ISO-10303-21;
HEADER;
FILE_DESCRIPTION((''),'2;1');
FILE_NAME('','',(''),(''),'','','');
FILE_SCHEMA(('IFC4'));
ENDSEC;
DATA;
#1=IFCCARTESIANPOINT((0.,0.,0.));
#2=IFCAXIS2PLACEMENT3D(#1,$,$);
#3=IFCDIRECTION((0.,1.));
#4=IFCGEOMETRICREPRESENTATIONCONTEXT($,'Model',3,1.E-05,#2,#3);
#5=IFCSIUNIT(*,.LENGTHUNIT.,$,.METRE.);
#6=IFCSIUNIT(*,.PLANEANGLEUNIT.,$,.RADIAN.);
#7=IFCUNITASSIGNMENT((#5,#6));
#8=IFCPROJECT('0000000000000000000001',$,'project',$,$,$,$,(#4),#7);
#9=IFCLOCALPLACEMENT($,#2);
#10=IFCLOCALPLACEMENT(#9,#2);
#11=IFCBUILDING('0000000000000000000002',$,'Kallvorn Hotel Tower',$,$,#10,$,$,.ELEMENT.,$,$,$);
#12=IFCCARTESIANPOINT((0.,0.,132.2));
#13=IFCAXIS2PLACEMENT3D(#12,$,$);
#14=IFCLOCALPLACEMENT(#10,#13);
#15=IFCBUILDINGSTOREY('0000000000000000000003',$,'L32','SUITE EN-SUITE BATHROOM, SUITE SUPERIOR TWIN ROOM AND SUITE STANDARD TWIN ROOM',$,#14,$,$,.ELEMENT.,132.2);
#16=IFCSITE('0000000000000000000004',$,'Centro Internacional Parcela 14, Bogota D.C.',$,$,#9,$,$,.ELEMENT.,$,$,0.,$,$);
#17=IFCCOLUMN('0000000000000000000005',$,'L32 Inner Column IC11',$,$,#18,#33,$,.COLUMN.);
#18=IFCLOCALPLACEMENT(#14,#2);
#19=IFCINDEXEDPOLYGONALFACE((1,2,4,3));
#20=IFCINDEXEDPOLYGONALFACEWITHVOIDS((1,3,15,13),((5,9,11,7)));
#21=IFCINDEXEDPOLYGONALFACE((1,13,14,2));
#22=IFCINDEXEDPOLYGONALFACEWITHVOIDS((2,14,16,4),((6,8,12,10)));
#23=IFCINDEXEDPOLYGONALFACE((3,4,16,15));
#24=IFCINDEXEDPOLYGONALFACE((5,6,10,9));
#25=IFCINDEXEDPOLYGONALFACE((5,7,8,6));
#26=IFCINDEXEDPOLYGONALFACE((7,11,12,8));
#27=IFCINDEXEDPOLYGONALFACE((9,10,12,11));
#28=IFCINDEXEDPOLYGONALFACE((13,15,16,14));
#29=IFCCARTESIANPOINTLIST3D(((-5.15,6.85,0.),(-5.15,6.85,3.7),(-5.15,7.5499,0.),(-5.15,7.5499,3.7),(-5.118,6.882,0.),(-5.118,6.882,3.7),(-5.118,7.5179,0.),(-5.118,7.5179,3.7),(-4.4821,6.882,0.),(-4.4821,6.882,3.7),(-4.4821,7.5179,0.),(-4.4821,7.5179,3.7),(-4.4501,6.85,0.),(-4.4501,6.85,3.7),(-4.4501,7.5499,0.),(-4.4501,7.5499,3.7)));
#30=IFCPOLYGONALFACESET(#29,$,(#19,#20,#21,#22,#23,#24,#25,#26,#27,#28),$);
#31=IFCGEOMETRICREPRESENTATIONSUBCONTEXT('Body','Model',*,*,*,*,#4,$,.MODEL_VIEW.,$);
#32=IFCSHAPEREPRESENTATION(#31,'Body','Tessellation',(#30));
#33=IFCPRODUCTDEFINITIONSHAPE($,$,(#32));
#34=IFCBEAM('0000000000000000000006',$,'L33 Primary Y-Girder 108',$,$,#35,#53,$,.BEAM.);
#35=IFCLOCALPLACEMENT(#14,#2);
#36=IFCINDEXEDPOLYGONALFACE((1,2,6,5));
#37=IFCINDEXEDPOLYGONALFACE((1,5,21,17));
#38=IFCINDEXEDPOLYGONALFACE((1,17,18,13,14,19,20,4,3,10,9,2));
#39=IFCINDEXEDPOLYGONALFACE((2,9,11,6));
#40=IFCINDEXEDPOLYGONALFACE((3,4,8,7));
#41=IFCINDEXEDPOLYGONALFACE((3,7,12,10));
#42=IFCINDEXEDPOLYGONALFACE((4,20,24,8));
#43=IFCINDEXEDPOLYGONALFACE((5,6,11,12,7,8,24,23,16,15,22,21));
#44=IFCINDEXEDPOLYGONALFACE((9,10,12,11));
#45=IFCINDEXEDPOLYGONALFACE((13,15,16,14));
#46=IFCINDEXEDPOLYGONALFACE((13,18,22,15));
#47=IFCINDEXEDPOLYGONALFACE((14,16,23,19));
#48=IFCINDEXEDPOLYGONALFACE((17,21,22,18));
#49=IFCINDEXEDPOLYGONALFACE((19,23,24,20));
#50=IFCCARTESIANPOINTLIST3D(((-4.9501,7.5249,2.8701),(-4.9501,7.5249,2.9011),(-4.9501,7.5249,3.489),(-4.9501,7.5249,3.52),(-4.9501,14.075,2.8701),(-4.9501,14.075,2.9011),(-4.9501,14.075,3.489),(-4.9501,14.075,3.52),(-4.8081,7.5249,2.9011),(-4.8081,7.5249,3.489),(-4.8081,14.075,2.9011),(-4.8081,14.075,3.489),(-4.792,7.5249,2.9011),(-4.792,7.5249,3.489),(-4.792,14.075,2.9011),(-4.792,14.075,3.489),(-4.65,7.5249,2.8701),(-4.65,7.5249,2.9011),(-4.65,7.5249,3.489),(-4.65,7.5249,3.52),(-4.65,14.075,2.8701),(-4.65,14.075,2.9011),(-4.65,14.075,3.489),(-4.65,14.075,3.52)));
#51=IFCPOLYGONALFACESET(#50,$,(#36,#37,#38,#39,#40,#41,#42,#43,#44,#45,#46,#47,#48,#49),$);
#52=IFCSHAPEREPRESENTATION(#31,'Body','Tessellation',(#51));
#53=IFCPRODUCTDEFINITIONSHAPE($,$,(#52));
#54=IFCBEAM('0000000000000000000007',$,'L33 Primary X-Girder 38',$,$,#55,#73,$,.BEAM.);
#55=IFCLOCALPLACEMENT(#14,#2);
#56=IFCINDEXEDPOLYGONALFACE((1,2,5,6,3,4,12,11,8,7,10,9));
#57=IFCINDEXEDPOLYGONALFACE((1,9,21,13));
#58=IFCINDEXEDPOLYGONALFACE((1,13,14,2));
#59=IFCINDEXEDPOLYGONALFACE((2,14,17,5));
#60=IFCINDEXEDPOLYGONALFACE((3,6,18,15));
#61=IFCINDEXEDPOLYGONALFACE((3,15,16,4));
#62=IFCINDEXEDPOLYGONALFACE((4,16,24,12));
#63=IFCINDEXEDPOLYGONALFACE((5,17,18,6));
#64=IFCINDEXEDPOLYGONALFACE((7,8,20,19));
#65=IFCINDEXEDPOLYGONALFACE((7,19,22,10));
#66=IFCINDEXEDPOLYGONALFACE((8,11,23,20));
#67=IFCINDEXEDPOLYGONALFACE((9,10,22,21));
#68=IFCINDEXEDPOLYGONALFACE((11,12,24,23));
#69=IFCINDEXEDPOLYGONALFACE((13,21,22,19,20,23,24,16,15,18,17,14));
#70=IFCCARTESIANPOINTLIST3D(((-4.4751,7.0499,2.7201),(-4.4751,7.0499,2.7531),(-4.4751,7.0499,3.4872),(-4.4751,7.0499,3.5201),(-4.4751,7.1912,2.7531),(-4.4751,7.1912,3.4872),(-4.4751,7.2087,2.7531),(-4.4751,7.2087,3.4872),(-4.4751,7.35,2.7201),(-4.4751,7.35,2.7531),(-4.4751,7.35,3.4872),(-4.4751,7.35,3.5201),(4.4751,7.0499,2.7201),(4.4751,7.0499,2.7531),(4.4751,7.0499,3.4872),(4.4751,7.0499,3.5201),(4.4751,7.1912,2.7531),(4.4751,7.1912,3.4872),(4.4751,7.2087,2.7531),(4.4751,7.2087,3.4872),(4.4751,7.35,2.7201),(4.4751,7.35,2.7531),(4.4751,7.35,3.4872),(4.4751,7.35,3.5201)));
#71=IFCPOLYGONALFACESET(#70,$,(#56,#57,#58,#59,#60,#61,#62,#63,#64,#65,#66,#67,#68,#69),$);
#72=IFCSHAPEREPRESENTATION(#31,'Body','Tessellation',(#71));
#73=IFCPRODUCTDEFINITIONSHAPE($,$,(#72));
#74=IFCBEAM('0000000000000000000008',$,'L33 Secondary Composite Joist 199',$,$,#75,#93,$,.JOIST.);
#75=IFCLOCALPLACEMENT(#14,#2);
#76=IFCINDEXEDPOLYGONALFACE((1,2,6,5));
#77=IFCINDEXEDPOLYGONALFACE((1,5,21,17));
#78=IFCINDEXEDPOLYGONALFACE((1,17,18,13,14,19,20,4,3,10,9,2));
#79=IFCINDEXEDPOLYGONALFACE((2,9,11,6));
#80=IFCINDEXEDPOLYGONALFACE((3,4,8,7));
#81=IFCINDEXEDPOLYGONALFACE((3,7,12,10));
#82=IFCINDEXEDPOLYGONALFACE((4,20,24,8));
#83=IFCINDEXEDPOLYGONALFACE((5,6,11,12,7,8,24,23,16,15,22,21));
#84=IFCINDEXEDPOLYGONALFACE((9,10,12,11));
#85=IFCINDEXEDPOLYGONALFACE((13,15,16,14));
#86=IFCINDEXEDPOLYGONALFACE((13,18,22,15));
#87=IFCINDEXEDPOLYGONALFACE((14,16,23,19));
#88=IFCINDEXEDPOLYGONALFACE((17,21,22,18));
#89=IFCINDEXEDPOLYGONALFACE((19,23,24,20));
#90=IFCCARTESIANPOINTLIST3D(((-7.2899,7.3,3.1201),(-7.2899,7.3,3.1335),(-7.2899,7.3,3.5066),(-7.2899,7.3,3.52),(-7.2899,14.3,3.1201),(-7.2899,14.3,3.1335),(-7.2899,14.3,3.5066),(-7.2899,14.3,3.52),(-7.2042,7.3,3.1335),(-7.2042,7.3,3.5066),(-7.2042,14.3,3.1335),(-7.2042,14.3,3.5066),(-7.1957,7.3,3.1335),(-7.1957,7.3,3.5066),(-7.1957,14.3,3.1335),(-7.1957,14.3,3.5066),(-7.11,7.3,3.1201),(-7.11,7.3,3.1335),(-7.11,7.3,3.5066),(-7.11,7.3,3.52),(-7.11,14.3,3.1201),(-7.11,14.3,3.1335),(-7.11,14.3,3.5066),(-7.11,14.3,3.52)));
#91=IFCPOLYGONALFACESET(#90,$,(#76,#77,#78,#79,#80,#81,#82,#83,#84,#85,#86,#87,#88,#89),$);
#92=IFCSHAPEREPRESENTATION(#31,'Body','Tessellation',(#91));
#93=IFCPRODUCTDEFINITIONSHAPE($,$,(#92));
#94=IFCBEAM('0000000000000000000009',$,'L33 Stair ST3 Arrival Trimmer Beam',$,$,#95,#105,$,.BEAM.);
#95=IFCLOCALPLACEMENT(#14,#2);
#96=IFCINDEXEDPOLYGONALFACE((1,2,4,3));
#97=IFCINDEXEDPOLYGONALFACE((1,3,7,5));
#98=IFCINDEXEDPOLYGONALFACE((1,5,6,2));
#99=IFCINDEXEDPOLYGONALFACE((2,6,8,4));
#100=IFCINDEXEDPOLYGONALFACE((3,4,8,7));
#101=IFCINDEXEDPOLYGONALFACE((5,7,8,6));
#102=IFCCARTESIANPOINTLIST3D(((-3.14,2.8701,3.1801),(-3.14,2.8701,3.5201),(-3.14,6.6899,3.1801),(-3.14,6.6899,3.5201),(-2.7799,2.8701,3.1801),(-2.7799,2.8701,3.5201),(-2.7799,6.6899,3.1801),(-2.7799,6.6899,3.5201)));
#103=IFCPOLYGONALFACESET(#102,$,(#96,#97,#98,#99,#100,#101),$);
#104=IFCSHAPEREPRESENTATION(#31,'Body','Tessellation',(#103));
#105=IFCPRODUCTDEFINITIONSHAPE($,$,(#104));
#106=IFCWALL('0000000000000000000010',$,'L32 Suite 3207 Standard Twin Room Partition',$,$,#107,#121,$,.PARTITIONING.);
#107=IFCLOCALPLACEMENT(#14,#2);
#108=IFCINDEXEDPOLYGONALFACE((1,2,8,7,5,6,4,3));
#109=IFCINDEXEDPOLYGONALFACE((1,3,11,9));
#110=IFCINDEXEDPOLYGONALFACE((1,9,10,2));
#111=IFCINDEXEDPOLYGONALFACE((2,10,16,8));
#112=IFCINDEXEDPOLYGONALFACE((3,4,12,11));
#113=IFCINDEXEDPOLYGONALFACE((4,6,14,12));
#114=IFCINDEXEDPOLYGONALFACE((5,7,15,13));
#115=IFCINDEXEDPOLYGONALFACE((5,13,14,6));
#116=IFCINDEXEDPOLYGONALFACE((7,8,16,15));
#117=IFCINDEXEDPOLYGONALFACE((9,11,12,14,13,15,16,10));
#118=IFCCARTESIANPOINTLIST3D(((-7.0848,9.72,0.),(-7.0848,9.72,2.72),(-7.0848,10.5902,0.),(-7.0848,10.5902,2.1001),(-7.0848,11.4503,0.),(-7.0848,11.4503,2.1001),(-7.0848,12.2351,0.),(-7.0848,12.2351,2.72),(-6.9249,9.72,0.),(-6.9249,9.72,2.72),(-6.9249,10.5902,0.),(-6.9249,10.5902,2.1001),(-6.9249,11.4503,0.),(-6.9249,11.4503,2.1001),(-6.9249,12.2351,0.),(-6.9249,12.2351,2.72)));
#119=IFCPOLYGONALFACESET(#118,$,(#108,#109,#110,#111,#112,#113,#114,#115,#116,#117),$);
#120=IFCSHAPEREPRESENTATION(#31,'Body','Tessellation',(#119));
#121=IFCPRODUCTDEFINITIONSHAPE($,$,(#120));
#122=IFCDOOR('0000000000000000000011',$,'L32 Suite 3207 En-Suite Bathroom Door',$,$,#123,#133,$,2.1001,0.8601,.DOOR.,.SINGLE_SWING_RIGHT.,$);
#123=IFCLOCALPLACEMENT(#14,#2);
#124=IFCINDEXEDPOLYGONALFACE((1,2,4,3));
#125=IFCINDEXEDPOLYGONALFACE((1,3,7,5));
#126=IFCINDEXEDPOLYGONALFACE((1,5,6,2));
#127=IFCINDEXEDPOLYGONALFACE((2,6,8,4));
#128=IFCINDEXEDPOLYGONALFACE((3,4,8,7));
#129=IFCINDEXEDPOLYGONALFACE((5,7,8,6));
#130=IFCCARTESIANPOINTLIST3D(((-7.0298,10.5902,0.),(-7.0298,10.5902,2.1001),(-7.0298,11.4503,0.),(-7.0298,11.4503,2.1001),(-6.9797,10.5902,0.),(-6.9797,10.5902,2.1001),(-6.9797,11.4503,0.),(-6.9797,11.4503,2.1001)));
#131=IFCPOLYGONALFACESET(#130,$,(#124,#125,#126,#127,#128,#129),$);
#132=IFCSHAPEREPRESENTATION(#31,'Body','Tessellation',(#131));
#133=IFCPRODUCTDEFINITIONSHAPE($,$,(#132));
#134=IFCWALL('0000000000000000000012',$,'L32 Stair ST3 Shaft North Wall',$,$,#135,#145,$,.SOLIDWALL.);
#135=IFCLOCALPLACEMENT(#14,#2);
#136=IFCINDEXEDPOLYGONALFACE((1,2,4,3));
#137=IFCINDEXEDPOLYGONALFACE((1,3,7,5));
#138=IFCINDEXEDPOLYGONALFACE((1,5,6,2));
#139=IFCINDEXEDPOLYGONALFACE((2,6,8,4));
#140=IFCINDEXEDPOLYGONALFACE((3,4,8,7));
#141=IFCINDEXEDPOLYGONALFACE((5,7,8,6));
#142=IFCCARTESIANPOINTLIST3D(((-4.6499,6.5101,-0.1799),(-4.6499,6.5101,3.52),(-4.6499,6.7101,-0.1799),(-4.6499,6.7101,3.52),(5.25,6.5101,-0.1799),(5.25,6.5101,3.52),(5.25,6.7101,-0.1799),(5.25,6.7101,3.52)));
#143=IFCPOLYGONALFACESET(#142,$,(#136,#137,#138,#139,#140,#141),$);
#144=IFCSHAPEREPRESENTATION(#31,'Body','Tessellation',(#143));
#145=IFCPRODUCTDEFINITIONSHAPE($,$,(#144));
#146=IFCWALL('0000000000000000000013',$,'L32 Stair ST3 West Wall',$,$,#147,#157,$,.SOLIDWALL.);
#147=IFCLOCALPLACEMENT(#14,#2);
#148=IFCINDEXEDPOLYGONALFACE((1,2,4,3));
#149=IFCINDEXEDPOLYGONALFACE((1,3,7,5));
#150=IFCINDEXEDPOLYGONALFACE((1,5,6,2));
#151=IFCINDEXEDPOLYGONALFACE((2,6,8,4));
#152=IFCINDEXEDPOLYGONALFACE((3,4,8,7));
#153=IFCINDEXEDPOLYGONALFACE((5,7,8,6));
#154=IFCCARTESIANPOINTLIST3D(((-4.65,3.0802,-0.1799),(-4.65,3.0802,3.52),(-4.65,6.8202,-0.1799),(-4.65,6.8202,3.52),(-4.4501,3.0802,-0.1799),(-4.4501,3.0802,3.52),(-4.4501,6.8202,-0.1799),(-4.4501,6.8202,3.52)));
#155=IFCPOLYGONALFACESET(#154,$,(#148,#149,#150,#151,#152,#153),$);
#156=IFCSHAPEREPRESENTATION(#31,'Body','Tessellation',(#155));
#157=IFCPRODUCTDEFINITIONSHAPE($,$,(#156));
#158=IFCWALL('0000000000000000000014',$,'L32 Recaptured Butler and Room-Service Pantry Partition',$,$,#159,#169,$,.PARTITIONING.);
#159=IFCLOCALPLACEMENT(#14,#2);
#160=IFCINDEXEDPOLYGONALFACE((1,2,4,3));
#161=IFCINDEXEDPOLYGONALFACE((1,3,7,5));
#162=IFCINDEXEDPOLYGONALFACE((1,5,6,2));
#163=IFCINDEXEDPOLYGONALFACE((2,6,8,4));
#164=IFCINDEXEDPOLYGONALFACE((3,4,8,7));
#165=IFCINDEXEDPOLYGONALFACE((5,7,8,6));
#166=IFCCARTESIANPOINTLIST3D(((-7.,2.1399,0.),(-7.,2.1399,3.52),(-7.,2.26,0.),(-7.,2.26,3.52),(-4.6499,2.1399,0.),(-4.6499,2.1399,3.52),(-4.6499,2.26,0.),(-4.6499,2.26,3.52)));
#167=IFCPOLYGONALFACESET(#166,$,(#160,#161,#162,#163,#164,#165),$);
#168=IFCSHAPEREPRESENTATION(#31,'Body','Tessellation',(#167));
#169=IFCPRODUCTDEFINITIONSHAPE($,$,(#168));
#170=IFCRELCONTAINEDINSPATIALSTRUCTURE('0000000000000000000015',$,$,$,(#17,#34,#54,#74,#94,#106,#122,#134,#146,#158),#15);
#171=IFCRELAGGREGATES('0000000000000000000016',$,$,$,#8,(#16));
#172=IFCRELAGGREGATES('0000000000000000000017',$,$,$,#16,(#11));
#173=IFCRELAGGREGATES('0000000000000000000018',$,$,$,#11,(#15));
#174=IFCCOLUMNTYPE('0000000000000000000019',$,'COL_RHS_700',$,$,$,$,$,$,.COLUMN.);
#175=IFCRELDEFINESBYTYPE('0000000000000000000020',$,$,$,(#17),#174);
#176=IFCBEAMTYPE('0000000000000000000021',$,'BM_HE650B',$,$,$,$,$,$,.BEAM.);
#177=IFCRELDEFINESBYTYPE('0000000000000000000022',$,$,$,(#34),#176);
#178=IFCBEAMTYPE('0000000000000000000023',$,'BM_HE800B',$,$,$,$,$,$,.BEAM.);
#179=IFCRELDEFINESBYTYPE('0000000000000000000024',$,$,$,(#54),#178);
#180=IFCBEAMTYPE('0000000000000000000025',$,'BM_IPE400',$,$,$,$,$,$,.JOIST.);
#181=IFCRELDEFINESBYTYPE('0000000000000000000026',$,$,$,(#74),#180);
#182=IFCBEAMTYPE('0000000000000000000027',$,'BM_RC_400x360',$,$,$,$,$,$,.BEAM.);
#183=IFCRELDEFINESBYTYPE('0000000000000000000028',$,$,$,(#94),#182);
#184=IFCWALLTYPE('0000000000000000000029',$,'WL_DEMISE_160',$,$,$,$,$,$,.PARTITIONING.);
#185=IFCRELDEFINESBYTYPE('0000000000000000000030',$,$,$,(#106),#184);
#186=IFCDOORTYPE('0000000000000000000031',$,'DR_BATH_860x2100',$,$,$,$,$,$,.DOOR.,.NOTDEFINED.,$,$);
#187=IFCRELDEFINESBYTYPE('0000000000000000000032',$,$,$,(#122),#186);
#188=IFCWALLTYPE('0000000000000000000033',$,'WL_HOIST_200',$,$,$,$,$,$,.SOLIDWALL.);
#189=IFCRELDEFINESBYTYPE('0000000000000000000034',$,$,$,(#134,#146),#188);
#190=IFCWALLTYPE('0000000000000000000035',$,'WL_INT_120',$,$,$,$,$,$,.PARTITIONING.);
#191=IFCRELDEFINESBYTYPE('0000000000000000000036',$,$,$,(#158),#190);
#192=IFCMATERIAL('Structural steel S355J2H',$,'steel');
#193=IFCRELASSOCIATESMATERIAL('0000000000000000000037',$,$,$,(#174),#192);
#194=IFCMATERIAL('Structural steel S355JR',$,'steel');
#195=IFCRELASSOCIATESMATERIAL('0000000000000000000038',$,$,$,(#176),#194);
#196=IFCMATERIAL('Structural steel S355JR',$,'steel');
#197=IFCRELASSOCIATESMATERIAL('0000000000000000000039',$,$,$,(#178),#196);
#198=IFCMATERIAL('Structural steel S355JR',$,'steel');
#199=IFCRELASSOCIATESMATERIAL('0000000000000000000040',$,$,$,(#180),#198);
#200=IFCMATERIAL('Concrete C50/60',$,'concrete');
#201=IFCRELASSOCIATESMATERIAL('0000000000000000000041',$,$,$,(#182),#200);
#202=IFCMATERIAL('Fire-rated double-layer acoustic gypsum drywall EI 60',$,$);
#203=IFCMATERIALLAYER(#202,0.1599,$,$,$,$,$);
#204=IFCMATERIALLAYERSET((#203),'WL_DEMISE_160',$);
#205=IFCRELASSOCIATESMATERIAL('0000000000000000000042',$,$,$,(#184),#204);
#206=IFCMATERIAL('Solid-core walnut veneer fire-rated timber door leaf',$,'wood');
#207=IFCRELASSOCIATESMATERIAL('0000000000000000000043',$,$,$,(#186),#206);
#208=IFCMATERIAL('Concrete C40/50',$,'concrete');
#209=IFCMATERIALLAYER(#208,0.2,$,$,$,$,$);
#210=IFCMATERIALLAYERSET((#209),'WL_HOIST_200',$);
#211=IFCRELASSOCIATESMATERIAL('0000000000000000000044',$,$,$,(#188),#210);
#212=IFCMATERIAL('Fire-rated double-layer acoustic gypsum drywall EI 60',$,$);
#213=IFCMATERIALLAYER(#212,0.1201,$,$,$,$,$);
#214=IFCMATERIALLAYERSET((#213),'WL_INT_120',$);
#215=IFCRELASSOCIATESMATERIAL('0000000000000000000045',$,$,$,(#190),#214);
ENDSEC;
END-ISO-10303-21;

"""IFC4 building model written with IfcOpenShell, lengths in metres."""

from ifc_helpers import new_model, si_unit, direction, frame, frame_2d, origin, origin_2d, place, context, subcontext, project, spatial, rectangle, hollow_rectangle, i_section, extrude, material, layer, layer_set, material_profile, profile_set, type_object, element, fill, save


model = new_model("IFC4")

# Units and contexts
model_context = context("Model", 3, precision=1e-05, world=origin(), true_north=direction((0.0, 1.0)))
body_context = subcontext(model_context, "Body", "Model", "MODEL_VIEW")
ifc_project = project(units=[si_unit("LENGTHUNIT", "METRE"), si_unit("PLANEANGLEUNIT", "RADIAN")], contexts=[model_context])

# Site, building, storey
site_placement = place(None, origin())
site = spatial("IfcSite", under=ifc_project, at=site_placement, Name="Centro Internacional Parcela 14, Bogota D.C.", CompositionType="ELEMENT", RefElevation=0.0)
building_placement = place(site_placement, origin())
building = spatial("IfcBuilding", under=site, at=building_placement, Name="Kallvorn Hotel Tower", CompositionType="ELEMENT")
storey_placement = place(building_placement, frame((0.0, 0.0, 132.2)))
storey = spatial("IfcBuildingStorey", under=building, at=storey_placement, Name="L32", Description="SUITE EN-SUITE BATHROOM, SUITE SUPERIOR TWIN ROOM AND SUITE STANDARD TWIN ROOM", CompositionType="ELEMENT", Elevation=132.2)

# Column
ifc_material_1 = material(Name="Structural steel S355J2H", Category="steel")
ifc_material_profile_1 = material_profile(ifc_material_1, hollow_rectangle(XDim=0.7, YDim=0.7, WallThickness=0.032, at=origin_2d()), Name="RHS 700x700x32")
ifc_profile_set_1 = profile_set([ifc_material_profile_1], Name="Structural steel S355J2H")
column_type = type_object("IfcColumnType", Name="COL_RHS_700", PredefinedType="COLUMN", material=ifc_profile_set_1)
column_placement = place(storey_placement, frame((-4.8, 7.2, 0.0), z_axis=(0.0, 0.0, 1.0), x_axis=(1.0, 0.0, 0.0)))
element("IfcColumn", 1, at=column_placement, inside=storey, type_object=column_type, Name="L32 Inner Column IC11", PredefinedType="COLUMN", context=body_context, shape_type="SweptSolid", body=[
    extrude(hollow_rectangle(XDim=0.7, YDim=0.7, WallThickness=0.032, at=origin_2d()), origin(), (0.0, 0.0, 1.0), 3.7),
])

# Beams
ifc_material_2 = material(Name="Structural steel S355JR", Category="steel")
ifc_material_profile_2 = material_profile(ifc_material_2, i_section(OverallWidth=0.3, OverallDepth=0.6499, WebThickness=0.0161, FlangeThickness=0.031, at=origin_2d()), Name="HE 650 B")
ifc_profile_set_2 = profile_set([ifc_material_profile_2], Name="Structural steel S355JR")
beam_type_1 = type_object("IfcBeamType", Name="BM_HE650B", PredefinedType="BEAM", material=ifc_profile_set_2)
beam_1_placement = place(storey_placement, frame((-4.8, 7.5249, 3.1951), z_axis=(0.0, 1.0, 0.0), x_axis=(-1.0, 0.0, 0.0)))
element("IfcBeam", 2, at=beam_1_placement, inside=storey, type_object=beam_type_1, Name="L33 Primary Y-Girder 108", PredefinedType="BEAM", context=body_context, shape_type="SweptSolid", body=[
    extrude(i_section(OverallWidth=0.3, OverallDepth=0.6499, WebThickness=0.0161, FlangeThickness=0.031, at=origin_2d()), origin(), (0.0, 0.0, 1.0), 6.55),
])
ifc_material_3 = material(Name="Structural steel S355JR", Category="steel")
ifc_material_profile_3 = material_profile(ifc_material_3, i_section(OverallWidth=0.3, OverallDepth=0.8, WebThickness=0.0176, FlangeThickness=0.033, at=origin_2d()), Name="HE 800 B")
ifc_profile_set_3 = profile_set([ifc_material_profile_3], Name="Structural steel S355JR")
beam_type_2 = type_object("IfcBeamType", Name="BM_HE800B", PredefinedType="BEAM", material=ifc_profile_set_3)
beam_2_placement = place(storey_placement, frame((-4.4751, 7.2, 3.1201), z_axis=(1.0, 0.0, 0.0), x_axis=(0.0, 1.0, 0.0)))
element("IfcBeam", 3, at=beam_2_placement, inside=storey, type_object=beam_type_2, Name="L33 Primary X-Girder 38", PredefinedType="BEAM", context=body_context, shape_type="SweptSolid", body=[
    extrude(i_section(OverallWidth=0.3, OverallDepth=0.8, WebThickness=0.0176, FlangeThickness=0.033, at=origin_2d()), origin(), (0.0, 0.0, 1.0), 8.9502),
])
ifc_material_4 = material(Name="Structural steel S355JR", Category="steel")
ifc_material_profile_4 = material_profile(ifc_material_4, i_section(OverallWidth=0.1799, OverallDepth=0.3999, WebThickness=0.0085, FlangeThickness=0.0134, at=origin_2d()), Name="IPE 400")
ifc_profile_set_4 = profile_set([ifc_material_profile_4], Name="Structural steel S355JR")
beam_type_3 = type_object("IfcBeamType", Name="BM_IPE400", PredefinedType="JOIST", material=ifc_profile_set_4)
beam_3_placement = place(storey_placement, frame((-7.2, 7.3, 3.3201), z_axis=(0.0, 1.0, 0.0), x_axis=(-1.0, 0.0, 0.0)))
element("IfcBeam", 4, at=beam_3_placement, inside=storey, type_object=beam_type_3, Name="L33 Secondary Composite Joist 199", PredefinedType="JOIST", context=body_context, shape_type="SweptSolid", body=[
    extrude(i_section(OverallWidth=0.1799, OverallDepth=0.3999, WebThickness=0.0085, FlangeThickness=0.0134, at=origin_2d()), origin(), (0.0, 0.0, 1.0), 7.0),
])
ifc_material_5 = material(Name="Concrete C50/60", Category="concrete")
ifc_material_profile_5 = material_profile(ifc_material_5, rectangle(XDim=0.3601, YDim=0.3401, at=origin_2d()), Name="RC 360x340")
ifc_profile_set_5 = profile_set([ifc_material_profile_5], Name="Concrete C50/60")
beam_type_4 = type_object("IfcBeamType", Name="BM_RC_400x360", PredefinedType="BEAM", material=ifc_profile_set_5)
beam_4_placement = place(storey_placement, frame((-2.96, 2.8701, 3.3501), z_axis=(0.0, 1.0, 0.0), x_axis=(-1.0, 0.0, 0.0)))
element("IfcBeam", 5, at=beam_4_placement, inside=storey, type_object=beam_type_4, Name="L33 Stair ST3 Arrival Trimmer Beam", PredefinedType="BEAM", context=body_context, shape_type="SweptSolid", body=[
    extrude(rectangle(XDim=0.3601, YDim=0.3401, at=origin_2d()), origin(), (0.0, 0.0, 1.0), 3.8198),
])

# Wall, opening, door
ifc_material_6 = material(Name="Fire-rated double-layer acoustic gypsum drywall EI 60")
ifc_layer_1 = layer(ifc_material_6, 0.1599)
ifc_layer_set_1 = layer_set([ifc_layer_1], Name="WL_DEMISE_160")
wall_type_1 = type_object("IfcWallType", Name="WL_DEMISE_160", PredefinedType="PARTITIONING", material=ifc_layer_set_1)
wall_1_placement = place(storey_placement, frame((-7.0049, 9.72, 0.0), z_axis=(0.0, 0.0, 1.0), x_axis=(0.0, 1.0, 0.0)))
wall_1 = element("IfcWall", 6, at=wall_1_placement, inside=storey, type_object=wall_type_1, Name="L32 Suite 3207 Standard Twin Room Partition", PredefinedType="PARTITIONING", context=body_context, shape_type="SweptSolid", body=[
    extrude(rectangle(XDim=2.5151, YDim=0.1599, at=frame_2d((1.2576, 0.0))), origin(), (0.0, 0.0, 1.0), 2.72),
])
opening_1_placement = place(wall_1_placement, frame((0.8701, 0.0, 0.0)))
opening_1 = element("IfcOpeningElement", 7, at=opening_1_placement, cuts=wall_1, PredefinedType="OPENING", context=body_context, shape_type="SweptSolid", body=[
    extrude(rectangle(XDim=0.8601, YDim=2.1001, at=frame_2d((0.4302, 1.05))), frame((0.0, 0.095, 0.0), z_axis=(0.0, -1.0, 0.0), x_axis=(1.0, 0.0, 0.0)), (0.0, 0.0, 1.0), 0.1899),
])
ifc_material_7 = material(Name="Solid-core walnut veneer fire-rated timber door leaf", Category="wood")
door_type_1 = type_object("IfcDoorType", Name="DR_BATH_860x2100", OperationType="NOTDEFINED", PredefinedType="DOOR", material=ifc_material_7)
door_1_placement = place(opening_1_placement, origin())
door_1 = element("IfcDoor", 8, at=door_1_placement, inside=storey, type_object=door_type_1, Name="L32 Suite 3207 En-Suite Bathroom Door", OperationType="SINGLE_SWING_RIGHT", OverallHeight=2.1001, OverallWidth=0.8601, PredefinedType="DOOR", context=body_context, shape_type="SweptSolid", body=[
    extrude(rectangle(XDim=0.8601, YDim=2.1001, at=frame_2d((0.4302, 1.05))), frame((0.0, 0.0249, 0.0), z_axis=(0.0, -1.0, 0.0), x_axis=(1.0, 0.0, 0.0)), (0.0, 0.0, 1.0), 0.05),
])
fill(opening_1, door_1)

# Walls
ifc_material_8 = material(Name="Concrete C40/50", Category="concrete")
ifc_layer_2 = layer(ifc_material_8, 0.2)
ifc_layer_set_2 = layer_set([ifc_layer_2], Name="WL_HOIST_200")
wall_type_2 = type_object("IfcWallType", Name="WL_HOIST_200", PredefinedType="SOLIDWALL", material=ifc_layer_set_2)
wall_2_placement = place(storey_placement, frame((-4.6499, 6.6101, -0.1799), z_axis=(0.0, 0.0, 1.0), x_axis=(1.0, 0.0, 0.0)))
element("IfcWall", 9, at=wall_2_placement, inside=storey, type_object=wall_type_2, Name="L32 Stair ST3 Shaft North Wall", PredefinedType="SOLIDWALL", context=body_context, shape_type="SweptSolid", body=[
    extrude(rectangle(XDim=9.8999, YDim=0.2, at=frame_2d((4.95, 0.0))), origin(), (0.0, 0.0, 1.0), 3.7),
])
wall_3_placement = place(storey_placement, frame((-4.55, 3.0801, -0.1799), z_axis=(0.0, 0.0, 1.0), x_axis=(0.0, 1.0, 0.0)))
element("IfcWall", 10, at=wall_3_placement, inside=storey, type_object=wall_type_2, Name="L32 Stair ST3 West Wall", PredefinedType="SOLIDWALL", context=body_context, shape_type="SweptSolid", body=[
    extrude(rectangle(XDim=3.74, YDim=0.2, at=frame_2d((1.8701, 0.0))), origin(), (0.0, 0.0, 1.0), 3.7),
])
ifc_material_9 = material(Name="Fire-rated double-layer acoustic gypsum drywall EI 60")
ifc_layer_3 = layer(ifc_material_9, 0.1201)
ifc_layer_set_3 = layer_set([ifc_layer_3], Name="WL_INT_120")
wall_type_3 = type_object("IfcWallType", Name="WL_INT_120", PredefinedType="PARTITIONING", material=ifc_layer_set_3)
wall_4_placement = place(storey_placement, frame((-7.0, 2.2, 0.0), z_axis=(0.0, 0.0, 1.0), x_axis=(1.0, 0.0, 0.0)))
element("IfcWall", 11, at=wall_4_placement, inside=storey, type_object=wall_type_3, Name="L32 Recaptured Butler and Room-Service Pantry Partition", PredefinedType="PARTITIONING", context=body_context, shape_type="SweptSolid", body=[
    extrude(rectangle(XDim=2.3501, YDim=0.1201, at=frame_2d((1.175, 0.0))), origin(), (0.0, 0.0, 1.0), 3.52),
])

save(model, "model.ifc")
